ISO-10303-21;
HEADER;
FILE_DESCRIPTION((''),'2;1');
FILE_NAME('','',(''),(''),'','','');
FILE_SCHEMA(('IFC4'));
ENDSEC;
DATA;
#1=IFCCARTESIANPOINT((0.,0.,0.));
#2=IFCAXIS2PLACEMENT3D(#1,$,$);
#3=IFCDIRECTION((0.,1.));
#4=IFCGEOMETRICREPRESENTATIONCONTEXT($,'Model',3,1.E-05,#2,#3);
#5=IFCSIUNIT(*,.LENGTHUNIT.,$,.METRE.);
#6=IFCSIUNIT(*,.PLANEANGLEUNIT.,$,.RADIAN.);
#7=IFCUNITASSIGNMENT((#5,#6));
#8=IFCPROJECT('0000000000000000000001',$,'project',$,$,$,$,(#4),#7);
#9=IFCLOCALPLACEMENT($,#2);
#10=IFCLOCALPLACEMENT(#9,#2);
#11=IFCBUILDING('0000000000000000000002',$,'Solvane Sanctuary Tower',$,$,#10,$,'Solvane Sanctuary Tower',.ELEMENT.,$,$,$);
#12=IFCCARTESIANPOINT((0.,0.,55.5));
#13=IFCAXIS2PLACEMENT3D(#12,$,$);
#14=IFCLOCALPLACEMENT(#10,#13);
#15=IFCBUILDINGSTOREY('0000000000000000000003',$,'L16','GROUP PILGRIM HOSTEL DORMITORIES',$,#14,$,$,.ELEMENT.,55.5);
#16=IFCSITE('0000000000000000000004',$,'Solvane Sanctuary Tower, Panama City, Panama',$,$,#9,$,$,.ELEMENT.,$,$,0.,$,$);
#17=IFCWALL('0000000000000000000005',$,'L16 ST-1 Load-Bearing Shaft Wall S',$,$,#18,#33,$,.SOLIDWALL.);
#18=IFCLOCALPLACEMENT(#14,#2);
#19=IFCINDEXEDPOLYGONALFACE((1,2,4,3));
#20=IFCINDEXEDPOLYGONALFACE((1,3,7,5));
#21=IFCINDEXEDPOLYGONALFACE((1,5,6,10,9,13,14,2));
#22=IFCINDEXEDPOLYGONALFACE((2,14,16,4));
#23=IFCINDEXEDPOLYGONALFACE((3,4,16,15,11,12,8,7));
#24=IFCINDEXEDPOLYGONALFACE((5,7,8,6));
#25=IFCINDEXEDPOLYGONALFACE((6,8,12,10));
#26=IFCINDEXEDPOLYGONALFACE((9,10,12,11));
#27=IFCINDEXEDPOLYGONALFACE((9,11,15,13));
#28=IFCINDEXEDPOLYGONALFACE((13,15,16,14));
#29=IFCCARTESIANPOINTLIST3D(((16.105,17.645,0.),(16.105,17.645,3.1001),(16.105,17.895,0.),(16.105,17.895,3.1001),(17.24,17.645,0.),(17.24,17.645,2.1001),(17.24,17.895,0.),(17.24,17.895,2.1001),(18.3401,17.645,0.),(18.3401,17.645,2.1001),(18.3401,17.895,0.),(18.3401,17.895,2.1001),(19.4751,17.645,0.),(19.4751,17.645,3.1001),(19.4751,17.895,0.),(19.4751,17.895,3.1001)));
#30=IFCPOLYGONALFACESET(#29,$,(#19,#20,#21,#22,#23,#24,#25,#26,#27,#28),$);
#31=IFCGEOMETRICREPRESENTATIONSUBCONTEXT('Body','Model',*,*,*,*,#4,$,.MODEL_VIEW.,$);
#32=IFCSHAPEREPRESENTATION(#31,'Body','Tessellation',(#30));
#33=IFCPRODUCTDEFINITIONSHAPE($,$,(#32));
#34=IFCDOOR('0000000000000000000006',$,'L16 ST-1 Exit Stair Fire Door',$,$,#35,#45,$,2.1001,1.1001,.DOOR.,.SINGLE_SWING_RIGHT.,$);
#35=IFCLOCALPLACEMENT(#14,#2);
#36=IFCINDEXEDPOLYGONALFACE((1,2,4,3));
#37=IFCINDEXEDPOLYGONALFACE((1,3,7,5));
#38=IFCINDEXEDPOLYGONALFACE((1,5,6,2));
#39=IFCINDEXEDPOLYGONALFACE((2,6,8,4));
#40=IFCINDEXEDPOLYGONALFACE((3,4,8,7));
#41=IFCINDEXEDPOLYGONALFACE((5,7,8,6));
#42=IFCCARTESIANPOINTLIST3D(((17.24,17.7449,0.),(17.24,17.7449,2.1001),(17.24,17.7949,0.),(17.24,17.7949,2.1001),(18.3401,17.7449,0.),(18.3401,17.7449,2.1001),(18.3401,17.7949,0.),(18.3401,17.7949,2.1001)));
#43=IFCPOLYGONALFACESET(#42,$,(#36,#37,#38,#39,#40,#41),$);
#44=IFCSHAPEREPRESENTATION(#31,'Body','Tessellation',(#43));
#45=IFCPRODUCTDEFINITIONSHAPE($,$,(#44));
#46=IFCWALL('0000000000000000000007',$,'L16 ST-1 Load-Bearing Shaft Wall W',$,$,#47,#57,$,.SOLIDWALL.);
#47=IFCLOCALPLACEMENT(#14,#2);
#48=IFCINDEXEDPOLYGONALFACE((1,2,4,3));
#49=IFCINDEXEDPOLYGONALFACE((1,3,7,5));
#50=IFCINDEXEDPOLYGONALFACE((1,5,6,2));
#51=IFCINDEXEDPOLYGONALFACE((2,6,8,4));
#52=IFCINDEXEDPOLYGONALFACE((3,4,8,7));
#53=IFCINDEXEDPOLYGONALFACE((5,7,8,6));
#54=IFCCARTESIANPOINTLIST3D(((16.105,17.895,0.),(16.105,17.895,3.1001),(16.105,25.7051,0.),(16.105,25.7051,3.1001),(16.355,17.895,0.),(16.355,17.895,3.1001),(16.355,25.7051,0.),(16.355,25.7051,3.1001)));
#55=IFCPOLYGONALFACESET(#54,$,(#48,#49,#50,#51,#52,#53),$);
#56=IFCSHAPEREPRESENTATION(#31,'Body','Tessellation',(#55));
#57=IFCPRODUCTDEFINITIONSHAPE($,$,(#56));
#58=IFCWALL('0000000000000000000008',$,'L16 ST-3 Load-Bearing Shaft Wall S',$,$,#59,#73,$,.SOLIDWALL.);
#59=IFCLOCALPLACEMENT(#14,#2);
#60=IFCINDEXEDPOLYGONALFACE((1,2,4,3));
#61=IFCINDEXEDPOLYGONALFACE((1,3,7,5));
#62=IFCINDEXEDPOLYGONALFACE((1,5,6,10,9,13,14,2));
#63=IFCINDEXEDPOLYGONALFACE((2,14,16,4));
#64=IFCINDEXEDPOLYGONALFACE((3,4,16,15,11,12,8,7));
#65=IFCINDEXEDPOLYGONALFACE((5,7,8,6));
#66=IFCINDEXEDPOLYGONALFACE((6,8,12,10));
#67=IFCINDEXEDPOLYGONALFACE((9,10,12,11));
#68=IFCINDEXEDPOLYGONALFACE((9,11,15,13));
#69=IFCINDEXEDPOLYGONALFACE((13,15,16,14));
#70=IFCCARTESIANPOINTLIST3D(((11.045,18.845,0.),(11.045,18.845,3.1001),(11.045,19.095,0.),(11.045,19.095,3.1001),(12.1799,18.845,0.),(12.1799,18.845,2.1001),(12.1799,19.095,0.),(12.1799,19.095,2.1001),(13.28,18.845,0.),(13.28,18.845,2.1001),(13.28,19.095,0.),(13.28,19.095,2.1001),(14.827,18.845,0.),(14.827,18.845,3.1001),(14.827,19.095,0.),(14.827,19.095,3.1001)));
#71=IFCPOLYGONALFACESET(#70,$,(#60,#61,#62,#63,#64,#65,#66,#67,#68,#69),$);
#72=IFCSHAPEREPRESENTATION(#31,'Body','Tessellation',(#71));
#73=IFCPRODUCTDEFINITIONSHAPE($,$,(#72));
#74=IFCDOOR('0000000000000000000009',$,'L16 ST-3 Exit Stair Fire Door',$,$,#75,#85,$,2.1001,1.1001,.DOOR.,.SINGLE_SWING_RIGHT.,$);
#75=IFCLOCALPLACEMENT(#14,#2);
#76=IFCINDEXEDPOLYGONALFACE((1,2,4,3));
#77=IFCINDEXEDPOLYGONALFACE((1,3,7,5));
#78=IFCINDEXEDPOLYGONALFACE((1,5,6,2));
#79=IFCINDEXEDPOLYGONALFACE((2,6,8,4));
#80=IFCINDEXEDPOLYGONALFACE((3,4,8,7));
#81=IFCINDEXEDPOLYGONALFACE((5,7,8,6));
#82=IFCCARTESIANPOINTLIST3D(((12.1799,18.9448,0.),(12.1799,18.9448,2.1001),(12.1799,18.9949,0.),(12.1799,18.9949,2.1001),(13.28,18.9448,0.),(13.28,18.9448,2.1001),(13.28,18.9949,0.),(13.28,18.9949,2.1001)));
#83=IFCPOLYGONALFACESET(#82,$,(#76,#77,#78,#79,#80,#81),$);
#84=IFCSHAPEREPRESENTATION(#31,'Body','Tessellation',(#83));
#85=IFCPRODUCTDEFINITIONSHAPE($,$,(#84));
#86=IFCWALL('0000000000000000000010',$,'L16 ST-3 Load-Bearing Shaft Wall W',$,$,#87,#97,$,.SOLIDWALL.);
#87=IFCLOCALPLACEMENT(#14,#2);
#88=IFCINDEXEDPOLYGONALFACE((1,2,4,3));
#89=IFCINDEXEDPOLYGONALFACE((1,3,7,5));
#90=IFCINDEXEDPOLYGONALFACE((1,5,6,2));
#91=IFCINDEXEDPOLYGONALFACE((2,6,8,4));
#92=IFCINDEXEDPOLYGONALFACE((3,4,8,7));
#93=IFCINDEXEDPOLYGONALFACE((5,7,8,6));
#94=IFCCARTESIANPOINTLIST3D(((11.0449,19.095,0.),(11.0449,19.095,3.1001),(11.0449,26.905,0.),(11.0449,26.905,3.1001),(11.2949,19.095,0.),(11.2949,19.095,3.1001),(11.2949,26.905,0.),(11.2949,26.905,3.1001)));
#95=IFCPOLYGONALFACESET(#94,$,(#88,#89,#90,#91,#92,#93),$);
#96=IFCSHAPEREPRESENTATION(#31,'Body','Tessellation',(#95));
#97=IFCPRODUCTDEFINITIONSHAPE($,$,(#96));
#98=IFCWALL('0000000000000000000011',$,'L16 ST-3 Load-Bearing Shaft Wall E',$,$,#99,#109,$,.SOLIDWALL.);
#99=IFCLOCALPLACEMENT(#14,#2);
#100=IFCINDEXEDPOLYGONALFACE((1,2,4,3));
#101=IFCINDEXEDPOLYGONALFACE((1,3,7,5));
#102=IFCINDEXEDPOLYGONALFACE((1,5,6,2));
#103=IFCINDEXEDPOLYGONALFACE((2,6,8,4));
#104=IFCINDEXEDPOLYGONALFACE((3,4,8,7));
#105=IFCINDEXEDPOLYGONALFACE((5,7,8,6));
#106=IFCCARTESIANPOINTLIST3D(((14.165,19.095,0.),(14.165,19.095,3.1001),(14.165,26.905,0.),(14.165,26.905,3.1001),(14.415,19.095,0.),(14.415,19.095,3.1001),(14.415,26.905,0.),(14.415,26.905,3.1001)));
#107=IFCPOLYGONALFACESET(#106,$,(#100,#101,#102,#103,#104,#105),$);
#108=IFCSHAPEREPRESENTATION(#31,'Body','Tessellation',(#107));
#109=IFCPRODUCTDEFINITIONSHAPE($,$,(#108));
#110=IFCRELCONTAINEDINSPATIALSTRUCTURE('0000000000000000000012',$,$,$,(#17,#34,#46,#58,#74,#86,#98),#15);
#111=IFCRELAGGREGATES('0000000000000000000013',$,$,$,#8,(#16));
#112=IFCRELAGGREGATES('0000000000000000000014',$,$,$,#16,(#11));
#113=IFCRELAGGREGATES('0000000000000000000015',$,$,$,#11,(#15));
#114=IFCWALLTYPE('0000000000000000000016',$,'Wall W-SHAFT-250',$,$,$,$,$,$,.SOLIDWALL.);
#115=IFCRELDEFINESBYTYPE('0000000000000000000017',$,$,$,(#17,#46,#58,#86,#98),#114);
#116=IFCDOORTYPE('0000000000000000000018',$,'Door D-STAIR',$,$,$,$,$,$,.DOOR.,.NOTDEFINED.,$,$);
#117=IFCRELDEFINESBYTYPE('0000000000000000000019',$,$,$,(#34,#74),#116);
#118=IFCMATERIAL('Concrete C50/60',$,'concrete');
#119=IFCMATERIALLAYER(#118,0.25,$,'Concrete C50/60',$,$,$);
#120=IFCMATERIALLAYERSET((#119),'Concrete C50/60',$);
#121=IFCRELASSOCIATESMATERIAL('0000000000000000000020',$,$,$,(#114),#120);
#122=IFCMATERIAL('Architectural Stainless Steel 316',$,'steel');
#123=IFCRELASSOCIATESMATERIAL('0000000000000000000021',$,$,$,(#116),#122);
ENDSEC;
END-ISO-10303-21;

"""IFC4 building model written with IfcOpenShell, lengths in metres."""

from ifc_helpers import new_model, si_unit, direction, frame, frame_2d, origin, place, context, subcontext, project, spatial, rectangle, extrude, material, layer, layer_set, type_object, element, fill, save


model = new_model("IFC4")

# Units and contexts
model_context = context("Model", 3, precision=1e-05, world=origin(), true_north=direction((0.0, 1.0)))
body_context = subcontext(model_context, "Body", "Model", "MODEL_VIEW")
ifc_project = project(units=[si_unit("LENGTHUNIT", "METRE"), si_unit("PLANEANGLEUNIT", "RADIAN")], contexts=[model_context])

# Site, building, storey
site_placement = place(None, origin())
site = spatial("IfcSite", under=ifc_project, at=site_placement, Name="Solvane Sanctuary Tower, Panama City, Panama", CompositionType="ELEMENT", RefElevation=0.0)
building_placement = place(site_placement, origin())
building = spatial("IfcBuilding", under=site, at=building_placement, Name="Solvane Sanctuary Tower", LongName="Solvane Sanctuary Tower", CompositionType="ELEMENT")
storey_placement = place(building_placement, frame((0.0, 0.0, 55.5)))
storey = spatial("IfcBuildingStorey", under=building, at=storey_placement, Name="L16", Description="GROUP PILGRIM HOSTEL DORMITORIES", CompositionType="ELEMENT", Elevation=55.5)

# Wall, opening, door
ifc_material_1 = material(Name="Concrete C50/60", Category="concrete")
ifc_layer_1 = layer(ifc_material_1, 0.25, Name="Concrete C50/60")
ifc_layer_set_1 = layer_set([ifc_layer_1], Name="Concrete C50/60")
wall_type_1 = type_object("IfcWallType", Name="Wall W-SHAFT-250", PredefinedType="SOLIDWALL", material=ifc_layer_set_1)
wall_1_placement = place(storey_placement, frame((16.105, 17.77, 0.0), z_axis=(0.0, 0.0, 1.0), x_axis=(1.0, 0.0, 0.0)))
wall_1 = element("IfcWall", 1, at=wall_1_placement, inside=storey, type_object=wall_type_1, Name="L16 ST-1 Load-Bearing Shaft Wall S", PredefinedType="SOLIDWALL", context=body_context, shape_type="SweptSolid", body=[
    extrude(rectangle(XDim=3.3701, YDim=0.25, at=frame_2d((1.6851, 0.0))), origin(), (0.0, 0.0, 1.0), 3.1001),
])
opening_1_placement = place(wall_1_placement, frame((1.135, 0.0, 0.0)))
opening_1 = element("IfcOpeningElement", 2, at=opening_1_placement, cuts=wall_1, PredefinedType="OPENING", context=body_context, shape_type="SweptSolid", body=[
    extrude(rectangle(XDim=1.1001, YDim=2.1001, at=frame_2d((0.55, 1.05))), frame((0.0, 0.135, 0.0), z_axis=(0.0, -1.0, 0.0), x_axis=(1.0, 0.0, 0.0)), (0.0, 0.0, 1.0), 0.27),
])
ifc_material_2 = material(Name="Architectural Stainless Steel 316", Category="steel")
door_type_1 = type_object("IfcDoorType", Name="Door D-STAIR", OperationType="NOTDEFINED", PredefinedType="DOOR", material=ifc_material_2)
door_1_placement = place(opening_1_placement, origin())
door_1 = element("IfcDoor", 3, at=door_1_placement, inside=storey, type_object=door_type_1, Name="L16 ST-1 Exit Stair Fire Door", OperationType="SINGLE_SWING_RIGHT", OverallHeight=2.1001, OverallWidth=1.1001, PredefinedType="DOOR", context=body_context, shape_type="SweptSolid", body=[
    extrude(rectangle(XDim=1.1001, YDim=2.1001, at=frame_2d((0.55, 1.05))), frame((0.0, 0.0249, 0.0), z_axis=(0.0, -1.0, 0.0), x_axis=(1.0, 0.0, 0.0)), (0.0, 0.0, 1.0), 0.05),
])
fill(opening_1, door_1)

# Wall
wall_2_placement = place(storey_placement, frame((16.23, 17.895, 0.0), z_axis=(0.0, 0.0, 1.0), x_axis=(0.0, 1.0, 0.0)))
element("IfcWall", 4, at=wall_2_placement, inside=storey, type_object=wall_type_1, Name="L16 ST-1 Load-Bearing Shaft Wall W", PredefinedType="SOLIDWALL", context=body_context, shape_type="SweptSolid", body=[
    extrude(rectangle(XDim=7.8101, YDim=0.25, at=frame_2d((3.905, 0.0))), origin(), (0.0, 0.0, 1.0), 3.1001),
])

# Wall, opening, door
wall_3_placement = place(storey_placement, frame((11.0449, 18.97, 0.0), z_axis=(0.0, 0.0, 1.0), x_axis=(1.0, 0.0, 0.0)))
wall_3 = element("IfcWall", 5, at=wall_3_placement, inside=storey, type_object=wall_type_1, Name="L16 ST-3 Load-Bearing Shaft Wall S", PredefinedType="SOLIDWALL", context=body_context, shape_type="SweptSolid", body=[
    extrude(rectangle(XDim=3.782, YDim=0.25, at=frame_2d((1.8911, 0.0))), origin(), (0.0, 0.0, 1.0), 3.1001),
])
opening_2_placement = place(wall_3_placement, frame((1.135, 0.0, 0.0)))
opening_2 = element("IfcOpeningElement", 6, at=opening_2_placement, cuts=wall_3, PredefinedType="OPENING", context=body_context, shape_type="SweptSolid", body=[
    extrude(rectangle(XDim=1.1001, YDim=2.1001, at=frame_2d((0.55, 1.05))), frame((0.0, 0.135, 0.0), z_axis=(0.0, -1.0, 0.0), x_axis=(1.0, 0.0, 0.0)), (0.0, 0.0, 1.0), 0.27),
])
door_2_placement = place(opening_2_placement, origin())
door_2 = element("IfcDoor", 7, at=door_2_placement, inside=storey, type_object=door_type_1, Name="L16 ST-3 Exit Stair Fire Door", OperationType="SINGLE_SWING_RIGHT", OverallHeight=2.1001, OverallWidth=1.1001, PredefinedType="DOOR", context=body_context, shape_type="SweptSolid", body=[
    extrude(rectangle(XDim=1.1001, YDim=2.1001, at=frame_2d((0.55, 1.05))), frame((0.0, 0.0249, 0.0), z_axis=(0.0, -1.0, 0.0), x_axis=(1.0, 0.0, 0.0)), (0.0, 0.0, 1.0), 0.05),
])
fill(opening_2, door_2)

# Walls
for number, where, z_axis, x_axis, name in (
    (8, (11.1699, 19.095, 0.0), (0.0, 0.0, 1.0), (0.0, 1.0, 0.0), "L16 ST-3 Load-Bearing Shaft Wall W"),
    (9, (14.29, 19.095, 0.0), (0.0, 0.0, 1.0), (0.0, 1.0, 0.0), "L16 ST-3 Load-Bearing Shaft Wall E"),
):
    element("IfcWall", number, at=place(storey_placement, frame(where, z_axis=z_axis, x_axis=x_axis)), inside=storey, type_object=wall_type_1, Name=name, PredefinedType="SOLIDWALL", context=body_context, shape_type="SweptSolid", body=[
        extrude(rectangle(XDim=7.8101, YDim=0.25, at=frame_2d((3.905, 0.0))), origin(), (0.0, 0.0, 1.0), 3.1001),
    ])

save(model, "model.ifc")
